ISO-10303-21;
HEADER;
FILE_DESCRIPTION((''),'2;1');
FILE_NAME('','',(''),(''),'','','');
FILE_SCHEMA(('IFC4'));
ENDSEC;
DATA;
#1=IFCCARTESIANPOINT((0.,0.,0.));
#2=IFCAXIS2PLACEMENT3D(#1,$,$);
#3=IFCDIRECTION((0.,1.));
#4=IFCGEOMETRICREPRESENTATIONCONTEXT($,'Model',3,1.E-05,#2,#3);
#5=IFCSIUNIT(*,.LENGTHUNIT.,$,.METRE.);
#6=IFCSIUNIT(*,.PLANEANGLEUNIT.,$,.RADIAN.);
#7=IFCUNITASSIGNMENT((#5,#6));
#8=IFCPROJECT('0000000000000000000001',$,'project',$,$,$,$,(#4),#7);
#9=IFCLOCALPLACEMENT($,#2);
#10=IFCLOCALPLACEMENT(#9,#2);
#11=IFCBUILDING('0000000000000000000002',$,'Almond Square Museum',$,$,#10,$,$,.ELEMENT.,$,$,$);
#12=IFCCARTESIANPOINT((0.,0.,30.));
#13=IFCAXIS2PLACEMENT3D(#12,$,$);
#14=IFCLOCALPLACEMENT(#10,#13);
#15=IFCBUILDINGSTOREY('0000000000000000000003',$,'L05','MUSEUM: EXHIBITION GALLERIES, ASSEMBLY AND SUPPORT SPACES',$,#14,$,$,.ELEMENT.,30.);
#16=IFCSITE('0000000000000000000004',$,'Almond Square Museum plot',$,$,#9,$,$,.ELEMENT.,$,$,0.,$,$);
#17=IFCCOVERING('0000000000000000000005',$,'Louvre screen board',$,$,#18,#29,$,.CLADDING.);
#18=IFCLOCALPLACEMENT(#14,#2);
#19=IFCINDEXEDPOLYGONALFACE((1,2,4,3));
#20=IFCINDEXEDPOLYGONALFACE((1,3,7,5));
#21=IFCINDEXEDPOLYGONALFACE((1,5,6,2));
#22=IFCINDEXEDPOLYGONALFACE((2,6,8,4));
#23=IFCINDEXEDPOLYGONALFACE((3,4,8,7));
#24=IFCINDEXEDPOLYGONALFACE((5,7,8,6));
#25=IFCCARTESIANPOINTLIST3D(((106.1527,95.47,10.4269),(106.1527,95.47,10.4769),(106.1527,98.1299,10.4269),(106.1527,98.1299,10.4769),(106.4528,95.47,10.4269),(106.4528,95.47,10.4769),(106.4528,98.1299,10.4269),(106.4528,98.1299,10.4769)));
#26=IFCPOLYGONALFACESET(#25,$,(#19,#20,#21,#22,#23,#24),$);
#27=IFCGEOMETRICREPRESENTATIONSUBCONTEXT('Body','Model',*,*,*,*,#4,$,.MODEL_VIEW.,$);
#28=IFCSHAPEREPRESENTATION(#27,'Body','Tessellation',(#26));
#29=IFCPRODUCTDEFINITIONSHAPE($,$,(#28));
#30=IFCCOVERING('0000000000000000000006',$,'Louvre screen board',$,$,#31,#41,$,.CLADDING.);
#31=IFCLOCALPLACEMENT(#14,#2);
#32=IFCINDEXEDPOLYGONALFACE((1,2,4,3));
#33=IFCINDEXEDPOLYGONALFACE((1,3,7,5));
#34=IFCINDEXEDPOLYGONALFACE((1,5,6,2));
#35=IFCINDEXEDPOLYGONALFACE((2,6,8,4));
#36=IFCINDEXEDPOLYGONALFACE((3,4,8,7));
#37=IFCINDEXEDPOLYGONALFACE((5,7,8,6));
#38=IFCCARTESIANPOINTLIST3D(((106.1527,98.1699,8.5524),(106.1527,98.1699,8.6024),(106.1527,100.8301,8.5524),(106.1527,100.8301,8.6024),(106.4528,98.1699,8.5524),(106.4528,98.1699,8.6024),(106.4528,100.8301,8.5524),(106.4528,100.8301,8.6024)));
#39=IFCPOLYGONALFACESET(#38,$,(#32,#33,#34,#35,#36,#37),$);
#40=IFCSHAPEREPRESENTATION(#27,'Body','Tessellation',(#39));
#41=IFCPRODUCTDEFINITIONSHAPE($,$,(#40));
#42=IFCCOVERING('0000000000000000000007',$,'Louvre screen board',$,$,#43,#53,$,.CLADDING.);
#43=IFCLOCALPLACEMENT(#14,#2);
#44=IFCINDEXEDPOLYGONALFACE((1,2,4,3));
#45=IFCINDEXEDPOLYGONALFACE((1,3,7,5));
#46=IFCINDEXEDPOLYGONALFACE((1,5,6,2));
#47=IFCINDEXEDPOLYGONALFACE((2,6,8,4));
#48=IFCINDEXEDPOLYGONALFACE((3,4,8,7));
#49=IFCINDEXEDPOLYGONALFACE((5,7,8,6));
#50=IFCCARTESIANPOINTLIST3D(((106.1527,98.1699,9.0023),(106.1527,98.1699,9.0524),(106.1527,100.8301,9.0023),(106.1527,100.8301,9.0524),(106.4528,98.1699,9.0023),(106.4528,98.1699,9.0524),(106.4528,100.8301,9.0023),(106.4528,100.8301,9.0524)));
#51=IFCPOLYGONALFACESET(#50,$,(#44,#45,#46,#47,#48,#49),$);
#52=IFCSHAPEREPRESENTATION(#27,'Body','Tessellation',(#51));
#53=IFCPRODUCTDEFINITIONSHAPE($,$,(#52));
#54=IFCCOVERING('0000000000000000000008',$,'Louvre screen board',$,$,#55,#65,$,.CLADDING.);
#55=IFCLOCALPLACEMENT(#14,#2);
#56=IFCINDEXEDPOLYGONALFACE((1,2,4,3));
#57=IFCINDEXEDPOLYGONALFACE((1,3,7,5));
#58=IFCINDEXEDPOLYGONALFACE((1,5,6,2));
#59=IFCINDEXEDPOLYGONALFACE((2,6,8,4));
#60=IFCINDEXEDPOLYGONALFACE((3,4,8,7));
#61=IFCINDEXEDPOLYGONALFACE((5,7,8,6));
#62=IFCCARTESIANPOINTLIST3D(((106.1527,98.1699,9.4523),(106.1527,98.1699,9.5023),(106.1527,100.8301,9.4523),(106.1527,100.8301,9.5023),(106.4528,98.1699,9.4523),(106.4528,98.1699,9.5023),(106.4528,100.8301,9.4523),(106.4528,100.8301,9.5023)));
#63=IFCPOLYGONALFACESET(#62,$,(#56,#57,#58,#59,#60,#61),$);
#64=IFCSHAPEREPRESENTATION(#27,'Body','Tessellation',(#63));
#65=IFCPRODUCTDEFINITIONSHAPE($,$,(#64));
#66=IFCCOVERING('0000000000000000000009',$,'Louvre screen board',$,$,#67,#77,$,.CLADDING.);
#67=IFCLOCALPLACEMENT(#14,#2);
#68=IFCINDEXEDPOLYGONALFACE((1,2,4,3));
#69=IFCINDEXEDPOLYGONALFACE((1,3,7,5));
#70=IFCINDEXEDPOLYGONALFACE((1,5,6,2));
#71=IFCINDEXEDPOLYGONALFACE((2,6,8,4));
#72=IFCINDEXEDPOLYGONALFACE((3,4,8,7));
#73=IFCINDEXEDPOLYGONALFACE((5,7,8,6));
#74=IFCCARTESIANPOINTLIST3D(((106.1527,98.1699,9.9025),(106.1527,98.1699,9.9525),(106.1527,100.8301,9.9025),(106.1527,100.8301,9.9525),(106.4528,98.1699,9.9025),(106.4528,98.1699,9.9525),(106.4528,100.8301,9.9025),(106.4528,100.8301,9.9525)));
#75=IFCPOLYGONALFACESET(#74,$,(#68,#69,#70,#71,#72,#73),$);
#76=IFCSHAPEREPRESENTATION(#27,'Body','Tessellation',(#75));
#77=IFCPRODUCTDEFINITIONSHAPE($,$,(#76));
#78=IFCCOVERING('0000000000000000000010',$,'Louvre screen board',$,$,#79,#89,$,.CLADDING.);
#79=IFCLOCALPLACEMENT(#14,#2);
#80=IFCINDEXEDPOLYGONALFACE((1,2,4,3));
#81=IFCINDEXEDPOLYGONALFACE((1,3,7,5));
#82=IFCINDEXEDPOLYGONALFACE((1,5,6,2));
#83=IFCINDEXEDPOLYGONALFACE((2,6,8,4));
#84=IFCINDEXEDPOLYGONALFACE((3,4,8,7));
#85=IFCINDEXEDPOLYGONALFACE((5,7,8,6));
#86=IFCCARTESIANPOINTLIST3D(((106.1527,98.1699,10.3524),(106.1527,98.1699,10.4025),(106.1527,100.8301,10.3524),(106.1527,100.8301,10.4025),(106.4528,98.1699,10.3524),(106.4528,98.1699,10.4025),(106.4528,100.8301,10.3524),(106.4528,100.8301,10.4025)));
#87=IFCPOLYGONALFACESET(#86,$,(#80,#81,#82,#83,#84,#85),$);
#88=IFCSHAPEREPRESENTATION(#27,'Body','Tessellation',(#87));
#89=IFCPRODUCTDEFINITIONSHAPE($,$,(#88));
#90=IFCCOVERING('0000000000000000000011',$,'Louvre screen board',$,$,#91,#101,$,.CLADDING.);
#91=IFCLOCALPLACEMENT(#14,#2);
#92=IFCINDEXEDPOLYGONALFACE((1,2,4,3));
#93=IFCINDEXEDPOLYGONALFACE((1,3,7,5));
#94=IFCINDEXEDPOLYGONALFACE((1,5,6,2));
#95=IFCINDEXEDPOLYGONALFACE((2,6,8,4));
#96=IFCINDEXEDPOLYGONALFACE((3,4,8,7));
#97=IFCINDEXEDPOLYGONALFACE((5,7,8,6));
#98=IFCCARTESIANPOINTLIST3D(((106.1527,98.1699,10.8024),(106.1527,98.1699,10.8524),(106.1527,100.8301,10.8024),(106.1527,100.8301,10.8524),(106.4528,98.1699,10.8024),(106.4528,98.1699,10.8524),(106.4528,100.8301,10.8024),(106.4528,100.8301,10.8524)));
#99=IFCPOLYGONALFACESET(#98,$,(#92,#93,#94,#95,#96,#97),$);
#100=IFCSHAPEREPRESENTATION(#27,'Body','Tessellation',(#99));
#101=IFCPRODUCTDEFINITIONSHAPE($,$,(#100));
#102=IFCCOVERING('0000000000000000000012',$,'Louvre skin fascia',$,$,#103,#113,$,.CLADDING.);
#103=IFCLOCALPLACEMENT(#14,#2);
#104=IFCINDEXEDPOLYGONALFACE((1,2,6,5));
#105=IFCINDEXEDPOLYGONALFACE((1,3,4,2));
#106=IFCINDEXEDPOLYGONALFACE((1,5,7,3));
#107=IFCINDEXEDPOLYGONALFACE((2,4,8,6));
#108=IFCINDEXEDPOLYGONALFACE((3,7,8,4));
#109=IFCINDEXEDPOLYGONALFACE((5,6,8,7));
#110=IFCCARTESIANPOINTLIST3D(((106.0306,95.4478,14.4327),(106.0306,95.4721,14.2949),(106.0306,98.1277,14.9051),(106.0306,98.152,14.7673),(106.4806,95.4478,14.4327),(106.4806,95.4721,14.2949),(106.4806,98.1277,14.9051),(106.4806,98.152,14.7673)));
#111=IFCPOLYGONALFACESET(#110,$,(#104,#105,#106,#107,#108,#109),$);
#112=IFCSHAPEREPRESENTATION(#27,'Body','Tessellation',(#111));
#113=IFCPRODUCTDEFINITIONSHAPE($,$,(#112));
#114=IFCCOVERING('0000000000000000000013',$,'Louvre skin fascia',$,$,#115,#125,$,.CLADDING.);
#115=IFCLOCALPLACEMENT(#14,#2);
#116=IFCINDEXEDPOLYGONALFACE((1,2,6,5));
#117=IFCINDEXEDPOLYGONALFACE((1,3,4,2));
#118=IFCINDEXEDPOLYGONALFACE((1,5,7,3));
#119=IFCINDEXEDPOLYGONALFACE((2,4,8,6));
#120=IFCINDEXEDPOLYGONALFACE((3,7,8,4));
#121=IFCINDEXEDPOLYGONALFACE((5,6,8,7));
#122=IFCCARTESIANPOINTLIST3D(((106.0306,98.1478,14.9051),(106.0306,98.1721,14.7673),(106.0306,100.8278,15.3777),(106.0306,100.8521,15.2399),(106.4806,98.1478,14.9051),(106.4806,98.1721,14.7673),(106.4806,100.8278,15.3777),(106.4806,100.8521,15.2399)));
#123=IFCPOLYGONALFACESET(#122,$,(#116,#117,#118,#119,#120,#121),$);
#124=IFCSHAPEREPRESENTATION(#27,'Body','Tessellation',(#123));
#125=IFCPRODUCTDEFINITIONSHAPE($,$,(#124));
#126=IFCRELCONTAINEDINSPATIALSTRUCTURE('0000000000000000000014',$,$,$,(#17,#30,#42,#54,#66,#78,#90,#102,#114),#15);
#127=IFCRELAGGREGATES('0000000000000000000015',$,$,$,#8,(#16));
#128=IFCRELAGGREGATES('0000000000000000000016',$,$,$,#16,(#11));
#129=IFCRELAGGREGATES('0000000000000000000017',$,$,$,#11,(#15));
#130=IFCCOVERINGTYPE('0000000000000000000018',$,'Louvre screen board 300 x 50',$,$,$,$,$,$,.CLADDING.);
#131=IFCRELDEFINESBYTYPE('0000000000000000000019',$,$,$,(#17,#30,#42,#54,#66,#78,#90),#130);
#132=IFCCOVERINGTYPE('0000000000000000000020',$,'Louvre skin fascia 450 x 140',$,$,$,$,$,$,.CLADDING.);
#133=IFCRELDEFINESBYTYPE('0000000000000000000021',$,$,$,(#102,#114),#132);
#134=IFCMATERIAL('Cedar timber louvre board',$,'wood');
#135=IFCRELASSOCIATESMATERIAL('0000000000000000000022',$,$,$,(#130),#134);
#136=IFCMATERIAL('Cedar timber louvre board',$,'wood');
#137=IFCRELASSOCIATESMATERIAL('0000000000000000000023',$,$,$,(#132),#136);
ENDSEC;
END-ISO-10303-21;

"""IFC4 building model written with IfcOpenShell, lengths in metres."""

from ifc_helpers import new_model, si_unit, direction, frame, origin, origin_2d, place, context, subcontext, project, spatial, rectangle, extrude, material, material_profile, profile_set, type_object, element, save


model = new_model("IFC4")

# Units and contexts
model_context = context("Model", 3, precision=1e-05, world=origin(), true_north=direction((0.0, 1.0)))
body_context = subcontext(model_context, "Body", "Model", "MODEL_VIEW")
ifc_project = project(units=[si_unit("LENGTHUNIT", "METRE"), si_unit("PLANEANGLEUNIT", "RADIAN")], contexts=[model_context])

# Site, building, storey
site_placement = place(None, origin())
site = spatial("IfcSite", under=ifc_project, at=site_placement, Name="Almond Square Museum plot", CompositionType="ELEMENT", RefElevation=0.0)
building_placement = place(site_placement, origin())
building = spatial("IfcBuilding", under=site, at=building_placement, Name="Almond Square Museum", CompositionType="ELEMENT")
storey_placement = place(building_placement, frame((0.0, 0.0, 30.0)))
storey = spatial("IfcBuildingStorey", under=building, at=storey_placement, Name="L05", Description="MUSEUM: EXHIBITION GALLERIES, ASSEMBLY AND SUPPORT SPACES", CompositionType="ELEMENT", Elevation=30.0)

# Coverings
ifc_material_1 = material(Name="Cedar timber louvre board", Category="wood")
ifc_material_profile_1 = material_profile(ifc_material_1, rectangle(XDim=0.3, YDim=0.05, at=origin_2d()))
ifc_profile_set_1 = profile_set([ifc_material_profile_1], Name="Cedar timber louvre board")
covering_type_1 = type_object("IfcCoveringType", Name="Louvre screen board 300 x 50", PredefinedType="CLADDING", material=ifc_profile_set_1)
for number, where, z_axis, x_axis, name in (
    (1, (106.3027, 95.47, 10.4519), (0.0, 1.0, 0.0), (-1.0, 0.0, 0.0), "Louvre screen board"),
):
    element("IfcCovering", number, at=place(storey_placement, frame(where, z_axis=z_axis, x_axis=x_axis)), inside=storey, type_object=covering_type_1, Name=name, PredefinedType="CLADDING", context=body_context, shape_type="SweptSolid", body=[
        extrude(rectangle(XDim=0.3, YDim=0.05, at=origin_2d()), origin(), (0.0, 0.0, 1.0), 2.6599),
    ])
for number, where, z_axis, x_axis, name in (
    (2, (106.3027, 98.1699, 8.5774), (0.0, 1.0, 0.0), (-1.0, 0.0, 0.0), "Louvre screen board"),
    (3, (106.3027, 98.1699, 9.0273), (0.0, 1.0, 0.0), (-1.0, 0.0, 0.0), "Louvre screen board"),
    (4, (106.3027, 98.1699, 9.4773), (0.0, 1.0, 0.0), (-1.0, 0.0, 0.0), "Louvre screen board"),
    (5, (106.3027, 98.1699, 9.9275), (0.0, 1.0, 0.0), (-1.0, 0.0, 0.0), "Louvre screen board"),
    (6, (106.3027, 98.1699, 10.3774), (0.0, 1.0, 0.0), (-1.0, 0.0, 0.0), "Louvre screen board"),
    (7, (106.3027, 98.1699, 10.8274), (0.0, 1.0, 0.0), (-1.0, 0.0, 0.0), "Louvre screen board"),
):
    element("IfcCovering", number, at=place(storey_placement, frame(where, z_axis=z_axis, x_axis=x_axis)), inside=storey, type_object=covering_type_1, Name=name, PredefinedType="CLADDING", context=body_context, shape_type="SweptSolid", body=[
        extrude(rectangle(XDim=0.3, YDim=0.05, at=origin_2d()), origin(), (0.0, 0.0, 1.0), 2.6602),
    ])
ifc_material_2 = material(Name="Cedar timber louvre board", Category="wood")
ifc_material_profile_2 = material_profile(ifc_material_2, rectangle(XDim=0.45, YDim=0.1399, at=origin_2d()))
ifc_profile_set_2 = profile_set([ifc_material_profile_2], Name="Cedar timber louvre board")
covering_type_2 = type_object("IfcCoveringType", Name="Louvre skin fascia 450 x 140", PredefinedType="CLADDING", material=ifc_profile_set_2)
covering_1_placement = place(storey_placement, frame((106.2556, 95.46, 14.3638), z_axis=(0.0, 0.984816, 0.173601), x_axis=(-1.0, 0.0, 0.0)))
element("IfcCovering", 8, at=covering_1_placement, inside=storey, type_object=covering_type_2, Name="Louvre skin fascia", PredefinedType="CLADDING", context=body_context, shape_type="SweptSolid", body=[
    extrude(rectangle(XDim=0.45, YDim=0.1399, at=origin_2d()), origin(), (0.0, 0.0, 1.0), 2.7212),
])
covering_2_placement = place(storey_placement, frame((106.2556, 98.1599, 14.8362), z_axis=(0.0, 0.984803, 0.173673), x_axis=(-1.0, 0.0, 0.0)))
element("IfcCovering", 9, at=covering_2_placement, inside=storey, type_object=covering_type_2, Name="Louvre skin fascia", PredefinedType="CLADDING", context=body_context, shape_type="SweptSolid", body=[
    extrude(rectangle(XDim=0.45, YDim=0.1399, at=origin_2d()), origin(), (0.0, 0.0, 1.0), 2.7214),
])

save(model, "model.ifc")
